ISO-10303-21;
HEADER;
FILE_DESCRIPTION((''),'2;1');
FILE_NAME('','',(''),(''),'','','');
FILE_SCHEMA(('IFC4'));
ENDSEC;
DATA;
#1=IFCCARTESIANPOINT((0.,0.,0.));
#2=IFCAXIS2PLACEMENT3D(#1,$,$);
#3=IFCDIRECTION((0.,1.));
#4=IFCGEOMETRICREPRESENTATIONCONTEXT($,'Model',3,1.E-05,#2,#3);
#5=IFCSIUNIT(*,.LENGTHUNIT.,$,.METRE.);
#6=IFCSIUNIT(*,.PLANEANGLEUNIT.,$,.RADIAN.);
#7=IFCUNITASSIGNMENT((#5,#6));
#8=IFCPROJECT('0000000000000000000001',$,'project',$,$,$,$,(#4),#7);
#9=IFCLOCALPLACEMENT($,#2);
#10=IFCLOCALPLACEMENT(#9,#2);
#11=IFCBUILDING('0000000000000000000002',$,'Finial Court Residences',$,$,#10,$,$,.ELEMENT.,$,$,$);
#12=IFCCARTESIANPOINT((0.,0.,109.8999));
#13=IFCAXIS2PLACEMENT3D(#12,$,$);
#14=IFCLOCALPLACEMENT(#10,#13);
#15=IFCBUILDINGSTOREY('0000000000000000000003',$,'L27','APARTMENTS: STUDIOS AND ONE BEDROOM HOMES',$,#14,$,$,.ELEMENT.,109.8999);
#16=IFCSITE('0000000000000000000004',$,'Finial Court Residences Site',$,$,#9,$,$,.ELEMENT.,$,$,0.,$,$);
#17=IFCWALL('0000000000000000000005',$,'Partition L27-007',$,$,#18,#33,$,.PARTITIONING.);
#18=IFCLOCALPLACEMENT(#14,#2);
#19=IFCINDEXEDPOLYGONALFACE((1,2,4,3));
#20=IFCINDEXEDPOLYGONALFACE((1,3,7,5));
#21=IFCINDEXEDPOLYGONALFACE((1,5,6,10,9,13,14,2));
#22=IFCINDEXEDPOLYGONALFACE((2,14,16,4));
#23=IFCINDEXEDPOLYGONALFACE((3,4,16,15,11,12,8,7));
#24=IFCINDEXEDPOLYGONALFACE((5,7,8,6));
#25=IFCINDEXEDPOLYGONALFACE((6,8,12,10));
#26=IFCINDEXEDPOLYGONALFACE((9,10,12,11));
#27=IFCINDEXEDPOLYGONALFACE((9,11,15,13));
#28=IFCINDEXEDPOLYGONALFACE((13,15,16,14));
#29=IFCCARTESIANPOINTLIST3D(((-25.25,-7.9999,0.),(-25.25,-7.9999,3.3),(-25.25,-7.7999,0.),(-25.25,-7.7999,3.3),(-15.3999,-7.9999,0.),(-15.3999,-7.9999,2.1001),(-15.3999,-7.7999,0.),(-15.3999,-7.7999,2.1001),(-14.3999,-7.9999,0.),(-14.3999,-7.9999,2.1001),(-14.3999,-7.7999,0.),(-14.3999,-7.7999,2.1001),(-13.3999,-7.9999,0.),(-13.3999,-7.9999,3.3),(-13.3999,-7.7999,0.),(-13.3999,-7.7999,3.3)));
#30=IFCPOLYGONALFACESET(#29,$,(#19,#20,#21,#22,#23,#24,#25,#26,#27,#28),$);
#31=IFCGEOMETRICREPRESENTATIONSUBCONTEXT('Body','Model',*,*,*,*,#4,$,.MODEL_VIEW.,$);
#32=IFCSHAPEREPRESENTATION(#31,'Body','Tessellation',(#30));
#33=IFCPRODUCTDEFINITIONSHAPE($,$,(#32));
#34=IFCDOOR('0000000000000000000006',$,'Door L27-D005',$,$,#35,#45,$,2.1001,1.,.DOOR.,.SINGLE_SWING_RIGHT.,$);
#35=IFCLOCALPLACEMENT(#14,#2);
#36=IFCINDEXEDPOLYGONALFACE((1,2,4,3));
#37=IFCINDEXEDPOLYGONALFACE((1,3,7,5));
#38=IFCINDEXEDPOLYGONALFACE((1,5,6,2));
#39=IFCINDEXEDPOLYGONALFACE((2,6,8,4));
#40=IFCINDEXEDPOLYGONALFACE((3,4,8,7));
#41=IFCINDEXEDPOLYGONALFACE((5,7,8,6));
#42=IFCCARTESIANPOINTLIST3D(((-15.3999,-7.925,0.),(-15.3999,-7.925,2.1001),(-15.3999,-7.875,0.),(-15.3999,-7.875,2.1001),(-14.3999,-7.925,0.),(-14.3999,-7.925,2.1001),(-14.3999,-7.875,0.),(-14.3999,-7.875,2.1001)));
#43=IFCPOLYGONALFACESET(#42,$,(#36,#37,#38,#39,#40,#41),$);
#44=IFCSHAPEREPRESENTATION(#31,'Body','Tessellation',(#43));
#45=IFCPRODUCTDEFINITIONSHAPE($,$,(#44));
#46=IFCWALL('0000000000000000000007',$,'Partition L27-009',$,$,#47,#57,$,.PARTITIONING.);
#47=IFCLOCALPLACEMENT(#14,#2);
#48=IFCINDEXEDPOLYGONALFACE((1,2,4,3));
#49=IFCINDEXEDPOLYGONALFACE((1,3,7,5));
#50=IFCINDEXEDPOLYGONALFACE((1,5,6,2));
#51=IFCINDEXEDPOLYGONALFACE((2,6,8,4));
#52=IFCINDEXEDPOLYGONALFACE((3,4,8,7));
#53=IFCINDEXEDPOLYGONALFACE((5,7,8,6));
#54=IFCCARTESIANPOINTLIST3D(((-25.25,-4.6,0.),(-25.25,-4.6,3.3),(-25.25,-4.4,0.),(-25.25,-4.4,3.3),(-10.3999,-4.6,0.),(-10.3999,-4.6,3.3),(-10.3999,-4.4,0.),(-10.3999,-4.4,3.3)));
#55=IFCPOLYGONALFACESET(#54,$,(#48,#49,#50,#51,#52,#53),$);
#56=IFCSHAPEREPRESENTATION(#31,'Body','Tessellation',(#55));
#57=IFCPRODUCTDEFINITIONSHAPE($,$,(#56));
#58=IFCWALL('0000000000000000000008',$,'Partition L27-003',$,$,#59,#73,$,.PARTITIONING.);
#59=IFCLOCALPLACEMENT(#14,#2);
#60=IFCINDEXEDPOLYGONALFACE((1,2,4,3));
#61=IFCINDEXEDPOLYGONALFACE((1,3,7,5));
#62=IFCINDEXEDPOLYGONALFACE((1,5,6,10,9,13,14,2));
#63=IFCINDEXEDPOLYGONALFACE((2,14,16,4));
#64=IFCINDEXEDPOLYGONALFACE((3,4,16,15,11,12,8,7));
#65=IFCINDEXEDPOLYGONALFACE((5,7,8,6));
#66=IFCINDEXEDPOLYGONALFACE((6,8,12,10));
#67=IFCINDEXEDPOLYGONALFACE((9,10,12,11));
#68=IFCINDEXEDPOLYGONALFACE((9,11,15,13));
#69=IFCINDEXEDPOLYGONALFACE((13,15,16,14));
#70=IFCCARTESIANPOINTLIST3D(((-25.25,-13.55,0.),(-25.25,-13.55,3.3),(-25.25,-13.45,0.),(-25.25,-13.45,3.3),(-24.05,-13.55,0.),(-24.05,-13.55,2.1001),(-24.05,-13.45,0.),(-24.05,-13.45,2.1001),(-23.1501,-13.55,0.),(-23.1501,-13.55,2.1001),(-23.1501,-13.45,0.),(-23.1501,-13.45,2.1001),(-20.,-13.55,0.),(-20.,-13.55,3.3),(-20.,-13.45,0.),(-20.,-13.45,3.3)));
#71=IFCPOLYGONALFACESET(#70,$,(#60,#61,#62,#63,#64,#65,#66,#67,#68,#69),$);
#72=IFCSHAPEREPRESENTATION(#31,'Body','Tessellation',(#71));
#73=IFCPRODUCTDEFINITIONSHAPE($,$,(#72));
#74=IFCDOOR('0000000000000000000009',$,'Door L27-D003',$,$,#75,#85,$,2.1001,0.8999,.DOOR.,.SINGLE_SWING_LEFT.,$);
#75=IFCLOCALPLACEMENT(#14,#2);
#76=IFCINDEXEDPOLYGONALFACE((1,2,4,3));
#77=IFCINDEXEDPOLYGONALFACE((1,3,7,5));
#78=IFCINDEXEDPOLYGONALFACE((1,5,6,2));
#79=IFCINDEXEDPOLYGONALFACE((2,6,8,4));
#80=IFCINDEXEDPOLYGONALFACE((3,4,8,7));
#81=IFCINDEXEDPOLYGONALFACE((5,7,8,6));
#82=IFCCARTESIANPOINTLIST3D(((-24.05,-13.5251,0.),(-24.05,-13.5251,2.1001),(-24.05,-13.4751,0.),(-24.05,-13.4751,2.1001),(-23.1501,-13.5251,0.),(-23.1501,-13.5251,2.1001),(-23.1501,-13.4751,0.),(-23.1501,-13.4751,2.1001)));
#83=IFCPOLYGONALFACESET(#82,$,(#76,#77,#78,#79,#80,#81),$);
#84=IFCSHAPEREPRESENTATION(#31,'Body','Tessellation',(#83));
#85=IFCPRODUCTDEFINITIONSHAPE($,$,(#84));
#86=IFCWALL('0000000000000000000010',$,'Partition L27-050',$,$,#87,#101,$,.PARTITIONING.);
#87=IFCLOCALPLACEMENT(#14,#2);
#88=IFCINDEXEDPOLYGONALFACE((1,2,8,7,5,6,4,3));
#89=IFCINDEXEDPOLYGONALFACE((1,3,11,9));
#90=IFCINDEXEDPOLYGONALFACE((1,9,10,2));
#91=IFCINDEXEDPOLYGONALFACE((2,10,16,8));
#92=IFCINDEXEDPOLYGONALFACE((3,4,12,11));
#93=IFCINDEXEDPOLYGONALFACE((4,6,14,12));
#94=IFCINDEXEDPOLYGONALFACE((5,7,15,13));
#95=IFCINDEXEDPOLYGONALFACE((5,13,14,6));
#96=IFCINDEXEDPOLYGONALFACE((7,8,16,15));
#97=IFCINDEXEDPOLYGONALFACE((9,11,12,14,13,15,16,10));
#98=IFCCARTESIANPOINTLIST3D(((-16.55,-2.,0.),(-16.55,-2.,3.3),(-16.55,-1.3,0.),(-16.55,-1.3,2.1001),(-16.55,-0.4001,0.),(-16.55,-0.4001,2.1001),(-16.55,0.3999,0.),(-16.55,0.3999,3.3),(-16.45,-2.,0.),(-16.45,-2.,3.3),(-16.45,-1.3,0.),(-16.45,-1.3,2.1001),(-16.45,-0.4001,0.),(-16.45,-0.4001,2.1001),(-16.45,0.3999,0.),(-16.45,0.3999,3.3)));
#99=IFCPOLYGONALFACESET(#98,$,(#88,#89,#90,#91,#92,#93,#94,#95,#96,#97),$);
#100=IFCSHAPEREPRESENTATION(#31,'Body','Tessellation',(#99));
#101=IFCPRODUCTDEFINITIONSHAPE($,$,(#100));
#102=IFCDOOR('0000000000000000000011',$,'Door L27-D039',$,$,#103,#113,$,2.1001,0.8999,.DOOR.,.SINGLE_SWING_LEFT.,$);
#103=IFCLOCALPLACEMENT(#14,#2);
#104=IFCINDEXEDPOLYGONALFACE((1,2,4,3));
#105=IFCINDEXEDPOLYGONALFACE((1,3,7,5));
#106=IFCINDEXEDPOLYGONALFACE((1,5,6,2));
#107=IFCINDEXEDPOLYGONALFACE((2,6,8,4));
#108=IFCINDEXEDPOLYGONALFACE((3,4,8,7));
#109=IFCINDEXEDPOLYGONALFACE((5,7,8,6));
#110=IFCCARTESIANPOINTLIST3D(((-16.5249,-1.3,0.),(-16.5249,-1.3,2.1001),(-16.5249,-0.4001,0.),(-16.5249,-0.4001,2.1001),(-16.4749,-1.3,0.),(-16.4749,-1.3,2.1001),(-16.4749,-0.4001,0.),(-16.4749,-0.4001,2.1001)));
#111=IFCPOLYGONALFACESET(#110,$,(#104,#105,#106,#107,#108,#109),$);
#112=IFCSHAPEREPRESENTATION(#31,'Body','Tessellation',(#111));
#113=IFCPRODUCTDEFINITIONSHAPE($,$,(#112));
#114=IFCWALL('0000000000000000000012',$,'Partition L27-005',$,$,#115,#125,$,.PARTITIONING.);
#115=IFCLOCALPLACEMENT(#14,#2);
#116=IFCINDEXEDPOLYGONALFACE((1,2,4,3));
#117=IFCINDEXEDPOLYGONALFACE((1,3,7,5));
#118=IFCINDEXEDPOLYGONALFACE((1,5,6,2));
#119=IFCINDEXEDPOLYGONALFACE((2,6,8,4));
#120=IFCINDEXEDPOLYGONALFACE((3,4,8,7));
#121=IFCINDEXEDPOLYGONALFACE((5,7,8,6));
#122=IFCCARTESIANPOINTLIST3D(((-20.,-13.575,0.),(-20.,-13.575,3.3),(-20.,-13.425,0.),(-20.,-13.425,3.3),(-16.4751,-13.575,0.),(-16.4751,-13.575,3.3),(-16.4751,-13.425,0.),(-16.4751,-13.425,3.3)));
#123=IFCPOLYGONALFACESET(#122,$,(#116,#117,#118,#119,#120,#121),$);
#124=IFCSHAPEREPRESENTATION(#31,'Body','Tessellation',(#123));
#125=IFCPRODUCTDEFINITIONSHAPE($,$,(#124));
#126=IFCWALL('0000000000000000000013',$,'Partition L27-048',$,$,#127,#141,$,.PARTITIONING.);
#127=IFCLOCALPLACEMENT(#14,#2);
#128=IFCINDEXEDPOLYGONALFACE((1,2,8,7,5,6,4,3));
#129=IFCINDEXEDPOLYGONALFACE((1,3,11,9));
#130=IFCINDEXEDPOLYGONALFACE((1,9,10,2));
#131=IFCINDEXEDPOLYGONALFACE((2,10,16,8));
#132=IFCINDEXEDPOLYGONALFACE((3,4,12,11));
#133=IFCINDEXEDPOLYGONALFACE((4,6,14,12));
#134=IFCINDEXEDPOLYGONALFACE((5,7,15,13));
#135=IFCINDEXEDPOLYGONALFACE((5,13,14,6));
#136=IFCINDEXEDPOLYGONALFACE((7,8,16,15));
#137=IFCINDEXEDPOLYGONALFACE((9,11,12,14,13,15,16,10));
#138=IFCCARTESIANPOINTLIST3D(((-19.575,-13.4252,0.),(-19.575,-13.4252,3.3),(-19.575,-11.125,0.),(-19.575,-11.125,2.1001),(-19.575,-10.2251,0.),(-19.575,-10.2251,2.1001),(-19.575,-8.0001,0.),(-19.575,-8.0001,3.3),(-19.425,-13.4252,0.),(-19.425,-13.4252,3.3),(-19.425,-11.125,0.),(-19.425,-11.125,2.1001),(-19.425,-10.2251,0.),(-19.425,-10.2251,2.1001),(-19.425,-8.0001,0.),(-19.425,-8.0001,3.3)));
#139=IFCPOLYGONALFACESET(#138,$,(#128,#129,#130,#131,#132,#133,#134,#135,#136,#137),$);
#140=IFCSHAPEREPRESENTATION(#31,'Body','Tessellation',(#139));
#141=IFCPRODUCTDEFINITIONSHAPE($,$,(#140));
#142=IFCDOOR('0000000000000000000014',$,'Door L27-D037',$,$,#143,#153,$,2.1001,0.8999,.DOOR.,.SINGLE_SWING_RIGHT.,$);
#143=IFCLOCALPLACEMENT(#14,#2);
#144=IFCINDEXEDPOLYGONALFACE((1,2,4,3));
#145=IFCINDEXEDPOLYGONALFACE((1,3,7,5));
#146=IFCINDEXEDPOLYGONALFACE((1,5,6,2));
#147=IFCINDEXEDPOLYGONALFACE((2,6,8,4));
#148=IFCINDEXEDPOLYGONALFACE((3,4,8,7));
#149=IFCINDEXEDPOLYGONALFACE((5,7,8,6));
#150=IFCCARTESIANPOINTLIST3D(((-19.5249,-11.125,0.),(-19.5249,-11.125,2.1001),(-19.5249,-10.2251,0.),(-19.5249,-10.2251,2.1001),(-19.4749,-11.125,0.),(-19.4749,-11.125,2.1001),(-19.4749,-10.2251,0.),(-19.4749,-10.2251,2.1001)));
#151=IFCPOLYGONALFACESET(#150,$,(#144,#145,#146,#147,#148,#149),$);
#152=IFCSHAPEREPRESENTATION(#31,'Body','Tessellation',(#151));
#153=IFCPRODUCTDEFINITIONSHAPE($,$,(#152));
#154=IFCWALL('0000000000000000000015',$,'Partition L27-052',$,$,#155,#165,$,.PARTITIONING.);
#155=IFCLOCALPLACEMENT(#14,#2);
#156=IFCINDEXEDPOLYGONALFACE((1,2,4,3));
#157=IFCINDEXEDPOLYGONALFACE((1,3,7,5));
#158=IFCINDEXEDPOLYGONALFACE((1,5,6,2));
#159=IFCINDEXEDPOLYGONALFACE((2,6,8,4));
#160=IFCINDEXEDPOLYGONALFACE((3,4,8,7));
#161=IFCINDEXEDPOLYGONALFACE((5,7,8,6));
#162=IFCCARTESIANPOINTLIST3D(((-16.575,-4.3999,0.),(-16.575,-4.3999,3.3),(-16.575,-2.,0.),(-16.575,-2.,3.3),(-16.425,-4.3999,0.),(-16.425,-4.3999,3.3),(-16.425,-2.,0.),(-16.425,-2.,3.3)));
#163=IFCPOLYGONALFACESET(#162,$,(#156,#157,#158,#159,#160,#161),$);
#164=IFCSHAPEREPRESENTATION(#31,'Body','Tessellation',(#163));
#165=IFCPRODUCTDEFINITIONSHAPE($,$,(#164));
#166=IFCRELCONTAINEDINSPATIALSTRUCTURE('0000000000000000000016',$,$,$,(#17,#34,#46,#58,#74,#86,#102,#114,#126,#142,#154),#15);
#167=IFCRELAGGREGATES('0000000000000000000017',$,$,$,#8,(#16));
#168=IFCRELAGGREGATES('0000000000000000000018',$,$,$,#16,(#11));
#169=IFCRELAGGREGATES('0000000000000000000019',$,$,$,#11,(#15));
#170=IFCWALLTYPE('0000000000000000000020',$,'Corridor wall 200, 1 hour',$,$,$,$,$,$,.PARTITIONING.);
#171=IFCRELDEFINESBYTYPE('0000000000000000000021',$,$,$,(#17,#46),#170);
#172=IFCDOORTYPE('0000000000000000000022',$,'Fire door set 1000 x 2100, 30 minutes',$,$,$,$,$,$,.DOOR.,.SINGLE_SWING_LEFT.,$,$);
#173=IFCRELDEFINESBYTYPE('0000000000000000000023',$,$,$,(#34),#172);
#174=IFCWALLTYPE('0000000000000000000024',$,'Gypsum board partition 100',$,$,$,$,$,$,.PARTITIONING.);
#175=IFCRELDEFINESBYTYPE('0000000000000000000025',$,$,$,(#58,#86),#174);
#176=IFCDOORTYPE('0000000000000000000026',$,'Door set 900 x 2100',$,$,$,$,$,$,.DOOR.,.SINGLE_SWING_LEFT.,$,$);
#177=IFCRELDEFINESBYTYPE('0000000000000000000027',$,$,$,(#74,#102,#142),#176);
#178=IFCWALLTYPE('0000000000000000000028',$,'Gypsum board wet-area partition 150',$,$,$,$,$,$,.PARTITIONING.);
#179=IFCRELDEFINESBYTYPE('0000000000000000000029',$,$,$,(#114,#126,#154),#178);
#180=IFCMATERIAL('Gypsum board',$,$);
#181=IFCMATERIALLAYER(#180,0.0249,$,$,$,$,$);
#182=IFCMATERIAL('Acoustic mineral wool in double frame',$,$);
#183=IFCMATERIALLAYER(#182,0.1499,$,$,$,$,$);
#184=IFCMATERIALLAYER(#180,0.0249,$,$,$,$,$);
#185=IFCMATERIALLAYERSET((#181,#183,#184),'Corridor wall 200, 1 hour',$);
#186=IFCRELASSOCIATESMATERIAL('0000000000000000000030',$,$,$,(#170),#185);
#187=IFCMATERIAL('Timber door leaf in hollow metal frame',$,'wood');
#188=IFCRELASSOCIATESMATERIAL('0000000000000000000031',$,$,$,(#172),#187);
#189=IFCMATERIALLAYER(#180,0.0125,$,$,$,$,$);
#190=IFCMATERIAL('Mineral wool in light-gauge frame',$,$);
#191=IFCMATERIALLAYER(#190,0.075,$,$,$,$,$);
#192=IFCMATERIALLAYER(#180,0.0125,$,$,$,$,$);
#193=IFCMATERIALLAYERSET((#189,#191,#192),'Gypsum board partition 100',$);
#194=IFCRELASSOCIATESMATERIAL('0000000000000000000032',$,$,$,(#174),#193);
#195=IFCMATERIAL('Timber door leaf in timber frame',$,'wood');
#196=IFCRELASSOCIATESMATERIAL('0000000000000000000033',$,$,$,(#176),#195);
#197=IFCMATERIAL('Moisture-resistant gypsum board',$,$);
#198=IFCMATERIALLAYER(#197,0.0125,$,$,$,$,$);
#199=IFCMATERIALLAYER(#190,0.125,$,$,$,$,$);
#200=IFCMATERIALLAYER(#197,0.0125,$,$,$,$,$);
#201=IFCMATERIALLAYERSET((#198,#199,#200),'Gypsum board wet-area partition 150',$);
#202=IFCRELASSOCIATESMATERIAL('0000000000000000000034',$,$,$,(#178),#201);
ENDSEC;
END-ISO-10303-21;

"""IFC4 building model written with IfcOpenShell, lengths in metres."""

from ifc_helpers import new_model, si_unit, direction, frame, frame_2d, origin, place, context, subcontext, project, spatial, rectangle, extrude, material, layer, layer_set, type_object, element, fill, save


model = new_model("IFC4")

# Units and contexts
model_context = context("Model", 3, precision=1e-05, world=origin(), true_north=direction((0.0, 1.0)))
body_context = subcontext(model_context, "Body", "Model", "MODEL_VIEW")
ifc_project = project(units=[si_unit("LENGTHUNIT", "METRE"), si_unit("PLANEANGLEUNIT", "RADIAN")], contexts=[model_context])

# Site, building, storey
site_placement = place(None, origin())
site = spatial("IfcSite", under=ifc_project, at=site_placement, Name="Finial Court Residences Site", CompositionType="ELEMENT", RefElevation=0.0)
building_placement = place(site_placement, origin())
building = spatial("IfcBuilding", under=site, at=building_placement, Name="Finial Court Residences", CompositionType="ELEMENT")
storey_placement = place(building_placement, frame((0.0, 0.0, 109.8999)))
storey = spatial("IfcBuildingStorey", under=building, at=storey_placement, Name="L27", Description="APARTMENTS: STUDIOS AND ONE BEDROOM HOMES", CompositionType="ELEMENT", Elevation=109.8999)

# Wall, opening, door
ifc_material_1 = material(Name="Gypsum board")
ifc_layer_1 = layer(ifc_material_1, 0.0249)
ifc_material_2 = material(Name="Acoustic mineral wool in double frame")
ifc_layer_2 = layer(ifc_material_2, 0.1499)
ifc_layer_3 = layer(ifc_material_1, 0.0249)
ifc_layer_set_1 = layer_set([ifc_layer_1, ifc_layer_2, ifc_layer_3], Name="Corridor wall 200, 1 hour")
wall_type_1 = type_object("IfcWallType", Name="Corridor wall 200, 1 hour", PredefinedType="PARTITIONING", material=ifc_layer_set_1)
wall_1_placement = place(storey_placement, frame((-25.25, -7.8999, 0.0), z_axis=(0.0, 0.0, 1.0), x_axis=(1.0, 0.0, 0.0)))
wall_1 = element("IfcWall", 1, at=wall_1_placement, inside=storey, type_object=wall_type_1, Name="Partition L27-007", PredefinedType="PARTITIONING", context=body_context, shape_type="SweptSolid", body=[
    extrude(rectangle(XDim=11.8501, YDim=0.2, at=frame_2d((5.925, 0.0))), origin(), (0.0, 0.0, 1.0), 3.3),
])
opening_1_placement = place(wall_1_placement, frame((9.8501, 0.0, 0.0)))
opening_1 = element("IfcOpeningElement", 2, at=opening_1_placement, cuts=wall_1, PredefinedType="OPENING", context=body_context, shape_type="SweptSolid", body=[
    extrude(rectangle(XDim=1.0, YDim=2.1001, at=frame_2d((0.5, 1.05))), frame((0.0, 0.1099, 0.0), z_axis=(0.0, -1.0, 0.0), x_axis=(1.0, 0.0, 0.0)), (0.0, 0.0, 1.0), 0.22),
])
ifc_material_3 = material(Name="Timber door leaf in hollow metal frame", Category="wood")
door_type_1 = type_object("IfcDoorType", Name="Fire door set 1000 x 2100, 30 minutes", OperationType="SINGLE_SWING_LEFT", PredefinedType="DOOR", material=ifc_material_3)
door_1_placement = place(opening_1_placement, origin())
door_1 = element("IfcDoor", 3, at=door_1_placement, inside=storey, type_object=door_type_1, Name="Door L27-D005", OperationType="SINGLE_SWING_RIGHT", OverallHeight=2.1001, OverallWidth=1.0, PredefinedType="DOOR", context=body_context, shape_type="SweptSolid", body=[
    extrude(rectangle(XDim=1.0, YDim=2.1001, at=frame_2d((0.5, 1.05))), frame((0.0, 0.0249, 0.0), z_axis=(0.0, -1.0, 0.0), x_axis=(1.0, 0.0, 0.0)), (0.0, 0.0, 1.0), 0.05),
])
fill(opening_1, door_1)

# Wall
wall_2_placement = place(storey_placement, frame((-25.25, -4.5, 0.0), z_axis=(0.0, 0.0, 1.0), x_axis=(1.0, 0.0, 0.0)))
element("IfcWall", 4, at=wall_2_placement, inside=storey, type_object=wall_type_1, Name="Partition L27-009", PredefinedType="PARTITIONING", context=body_context, shape_type="SweptSolid", body=[
    extrude(rectangle(XDim=14.8501, YDim=0.2, at=frame_2d((7.425, 0.0))), origin(), (0.0, 0.0, 1.0), 3.3),
])

# Walls, openings, doors
ifc_layer_4 = layer(ifc_material_1, 0.0125)
ifc_material_4 = material(Name="Mineral wool in light-gauge frame")
ifc_layer_5 = layer(ifc_material_4, 0.075)
ifc_layer_6 = layer(ifc_material_1, 0.0125)
ifc_layer_set_2 = layer_set([ifc_layer_4, ifc_layer_5, ifc_layer_6], Name="Gypsum board partition 100")
wall_type_2 = type_object("IfcWallType", Name="Gypsum board partition 100", PredefinedType="PARTITIONING", material=ifc_layer_set_2)
wall_3_placement = place(storey_placement, frame((-25.25, -13.5, 0.0), z_axis=(0.0, 0.0, 1.0), x_axis=(1.0, 0.0, 0.0)))
wall_3 = element("IfcWall", 5, at=wall_3_placement, inside=storey, type_object=wall_type_2, Name="Partition L27-003", PredefinedType="PARTITIONING", context=body_context, shape_type="SweptSolid", body=[
    extrude(rectangle(XDim=5.25, YDim=0.1001, at=frame_2d((2.625, 0.0))), origin(), (0.0, 0.0, 1.0), 3.3),
])
opening_2_placement = place(wall_3_placement, frame((1.2, 0.0, 0.0)))
opening_2 = element("IfcOpeningElement", 6, at=opening_2_placement, cuts=wall_3, PredefinedType="OPENING", context=body_context, shape_type="SweptSolid", body=[
    extrude(rectangle(XDim=0.8999, YDim=2.1001, at=frame_2d((0.45, 1.05))), frame((0.0, 0.0601, 0.0), z_axis=(0.0, -1.0, 0.0), x_axis=(1.0, 0.0, 0.0)), (0.0, 0.0, 1.0), 0.1201),
])
ifc_material_5 = material(Name="Timber door leaf in timber frame", Category="wood")
door_type_2 = type_object("IfcDoorType", Name="Door set 900 x 2100", OperationType="SINGLE_SWING_LEFT", PredefinedType="DOOR", material=ifc_material_5)
door_2_placement = place(opening_2_placement, origin())
door_2 = element("IfcDoor", 7, at=door_2_placement, inside=storey, type_object=door_type_2, Name="Door L27-D003", OperationType="SINGLE_SWING_LEFT", OverallHeight=2.1001, OverallWidth=0.8999, PredefinedType="DOOR", context=body_context, shape_type="SweptSolid", body=[
    extrude(rectangle(XDim=0.8999, YDim=2.1001, at=frame_2d((0.45, 1.05))), frame((0.0, 0.0249, 0.0), z_axis=(0.0, -1.0, 0.0), x_axis=(1.0, 0.0, 0.0)), (0.0, 0.0, 1.0), 0.05),
])
fill(opening_2, door_2)
wall_4_placement = place(storey_placement, frame((-16.5, -2.0, 0.0), z_axis=(0.0, 0.0, 1.0), x_axis=(0.0, 1.0, 0.0)))
wall_4 = element("IfcWall", 8, at=wall_4_placement, inside=storey, type_object=wall_type_2, Name="Partition L27-050", PredefinedType="PARTITIONING", context=body_context, shape_type="SweptSolid", body=[
    extrude(rectangle(XDim=2.3999, YDim=0.1001, at=frame_2d((1.2, 0.0))), origin(), (0.0, 0.0, 1.0), 3.3),
])
opening_3_placement = place(wall_4_placement, frame((0.7, 0.0, 0.0)))
opening_3 = element("IfcOpeningElement", 9, at=opening_3_placement, cuts=wall_4, PredefinedType="OPENING", context=body_context, shape_type="SweptSolid", body=[
    extrude(rectangle(XDim=0.8999, YDim=2.1001, at=frame_2d((0.45, 1.05))), frame((0.0, 0.0601, 0.0), z_axis=(0.0, -1.0, 0.0), x_axis=(1.0, 0.0, 0.0)), (0.0, 0.0, 1.0), 0.1201),
])
door_3_placement = place(opening_3_placement, origin())
door_3 = element("IfcDoor", 10, at=door_3_placement, inside=storey, type_object=door_type_2, Name="Door L27-D039", OperationType="SINGLE_SWING_LEFT", OverallHeight=2.1001, OverallWidth=0.8999, PredefinedType="DOOR", context=body_context, shape_type="SweptSolid", body=[
    extrude(rectangle(XDim=0.8999, YDim=2.1001, at=frame_2d((0.45, 1.05))), frame((0.0, 0.0249, 0.0), z_axis=(0.0, -1.0, 0.0), x_axis=(1.0, 0.0, 0.0)), (0.0, 0.0, 1.0), 0.05),
])
fill(opening_3, door_3)

# Wall
ifc_material_6 = material(Name="Moisture-resistant gypsum board")
ifc_layer_7 = layer(ifc_material_6, 0.0125)
ifc_layer_8 = layer(ifc_material_4, 0.125)
ifc_layer_9 = layer(ifc_material_6, 0.0125)
ifc_layer_set_3 = layer_set([ifc_layer_7, ifc_layer_8, ifc_layer_9], Name="Gypsum board wet-area partition 150")
wall_type_3 = type_object("IfcWallType", Name="Gypsum board wet-area partition 150", PredefinedType="PARTITIONING", material=ifc_layer_set_3)
wall_5_placement = place(storey_placement, frame((-20.0, -13.5, 0.0), z_axis=(0.0, 0.0, 1.0), x_axis=(1.0, 0.0, 0.0)))
element("IfcWall", 11, at=wall_5_placement, inside=storey, type_object=wall_type_3, Name="Partition L27-005", PredefinedType="PARTITIONING", context=body_context, shape_type="SweptSolid", body=[
    extrude(rectangle(XDim=3.5249, YDim=0.1499, at=frame_2d((1.7625, 0.0))), origin(), (0.0, 0.0, 1.0), 3.3),
])

# Wall, opening, door
wall_6_placement = place(storey_placement, frame((-19.5, -13.425, 0.0), z_axis=(0.0, 0.0, 1.0), x_axis=(0.0, 1.0, 0.0)))
wall_6 = element("IfcWall", 12, at=wall_6_placement, inside=storey, type_object=wall_type_3, Name="Partition L27-048", PredefinedType="PARTITIONING", context=body_context, shape_type="SweptSolid", body=[
    extrude(rectangle(XDim=5.425, YDim=0.1499, at=frame_2d((2.7124, 0.0))), origin(), (0.0, 0.0, 1.0), 3.3),
])
opening_4_placement = place(wall_6_placement, frame((2.3, 0.0, 0.0)))
opening_4 = element("IfcOpeningElement", 13, at=opening_4_placement, cuts=wall_6, PredefinedType="OPENING", context=body_context, shape_type="SweptSolid", body=[
    extrude(rectangle(XDim=0.8999, YDim=2.1001, at=frame_2d((0.45, 1.05))), frame((0.0, 0.085, 0.0), z_axis=(0.0, -1.0, 0.0), x_axis=(1.0, 0.0, 0.0)), (0.0, 0.0, 1.0), 0.1699),
])
door_4_placement = place(opening_4_placement, origin())
door_4 = element("IfcDoor", 14, at=door_4_placement, inside=storey, type_object=door_type_2, Name="Door L27-D037", OperationType="SINGLE_SWING_RIGHT", OverallHeight=2.1001, OverallWidth=0.8999, PredefinedType="DOOR", context=body_context, shape_type="SweptSolid", body=[
    extrude(rectangle(XDim=0.8999, YDim=2.1001, at=frame_2d((0.45, 1.05))), frame((0.0, 0.0249, 0.0), z_axis=(0.0, -1.0, 0.0), x_axis=(1.0, 0.0, 0.0)), (0.0, 0.0, 1.0), 0.05),
])
fill(opening_4, door_4)

# Wall
wall_7_placement = place(storey_placement, frame((-16.5, -4.3999, 0.0), z_axis=(0.0, 0.0, 1.0), x_axis=(0.0, 1.0, 0.0)))
element("IfcWall", 15, at=wall_7_placement, inside=storey, type_object=wall_type_3, Name="Partition L27-052", PredefinedType="PARTITIONING", context=body_context, shape_type="SweptSolid", body=[
    extrude(rectangle(XDim=2.3999, YDim=0.1499, at=frame_2d((1.2, 0.0))), origin(), (0.0, 0.0, 1.0), 3.3),
])

save(model, "model.ifc")
